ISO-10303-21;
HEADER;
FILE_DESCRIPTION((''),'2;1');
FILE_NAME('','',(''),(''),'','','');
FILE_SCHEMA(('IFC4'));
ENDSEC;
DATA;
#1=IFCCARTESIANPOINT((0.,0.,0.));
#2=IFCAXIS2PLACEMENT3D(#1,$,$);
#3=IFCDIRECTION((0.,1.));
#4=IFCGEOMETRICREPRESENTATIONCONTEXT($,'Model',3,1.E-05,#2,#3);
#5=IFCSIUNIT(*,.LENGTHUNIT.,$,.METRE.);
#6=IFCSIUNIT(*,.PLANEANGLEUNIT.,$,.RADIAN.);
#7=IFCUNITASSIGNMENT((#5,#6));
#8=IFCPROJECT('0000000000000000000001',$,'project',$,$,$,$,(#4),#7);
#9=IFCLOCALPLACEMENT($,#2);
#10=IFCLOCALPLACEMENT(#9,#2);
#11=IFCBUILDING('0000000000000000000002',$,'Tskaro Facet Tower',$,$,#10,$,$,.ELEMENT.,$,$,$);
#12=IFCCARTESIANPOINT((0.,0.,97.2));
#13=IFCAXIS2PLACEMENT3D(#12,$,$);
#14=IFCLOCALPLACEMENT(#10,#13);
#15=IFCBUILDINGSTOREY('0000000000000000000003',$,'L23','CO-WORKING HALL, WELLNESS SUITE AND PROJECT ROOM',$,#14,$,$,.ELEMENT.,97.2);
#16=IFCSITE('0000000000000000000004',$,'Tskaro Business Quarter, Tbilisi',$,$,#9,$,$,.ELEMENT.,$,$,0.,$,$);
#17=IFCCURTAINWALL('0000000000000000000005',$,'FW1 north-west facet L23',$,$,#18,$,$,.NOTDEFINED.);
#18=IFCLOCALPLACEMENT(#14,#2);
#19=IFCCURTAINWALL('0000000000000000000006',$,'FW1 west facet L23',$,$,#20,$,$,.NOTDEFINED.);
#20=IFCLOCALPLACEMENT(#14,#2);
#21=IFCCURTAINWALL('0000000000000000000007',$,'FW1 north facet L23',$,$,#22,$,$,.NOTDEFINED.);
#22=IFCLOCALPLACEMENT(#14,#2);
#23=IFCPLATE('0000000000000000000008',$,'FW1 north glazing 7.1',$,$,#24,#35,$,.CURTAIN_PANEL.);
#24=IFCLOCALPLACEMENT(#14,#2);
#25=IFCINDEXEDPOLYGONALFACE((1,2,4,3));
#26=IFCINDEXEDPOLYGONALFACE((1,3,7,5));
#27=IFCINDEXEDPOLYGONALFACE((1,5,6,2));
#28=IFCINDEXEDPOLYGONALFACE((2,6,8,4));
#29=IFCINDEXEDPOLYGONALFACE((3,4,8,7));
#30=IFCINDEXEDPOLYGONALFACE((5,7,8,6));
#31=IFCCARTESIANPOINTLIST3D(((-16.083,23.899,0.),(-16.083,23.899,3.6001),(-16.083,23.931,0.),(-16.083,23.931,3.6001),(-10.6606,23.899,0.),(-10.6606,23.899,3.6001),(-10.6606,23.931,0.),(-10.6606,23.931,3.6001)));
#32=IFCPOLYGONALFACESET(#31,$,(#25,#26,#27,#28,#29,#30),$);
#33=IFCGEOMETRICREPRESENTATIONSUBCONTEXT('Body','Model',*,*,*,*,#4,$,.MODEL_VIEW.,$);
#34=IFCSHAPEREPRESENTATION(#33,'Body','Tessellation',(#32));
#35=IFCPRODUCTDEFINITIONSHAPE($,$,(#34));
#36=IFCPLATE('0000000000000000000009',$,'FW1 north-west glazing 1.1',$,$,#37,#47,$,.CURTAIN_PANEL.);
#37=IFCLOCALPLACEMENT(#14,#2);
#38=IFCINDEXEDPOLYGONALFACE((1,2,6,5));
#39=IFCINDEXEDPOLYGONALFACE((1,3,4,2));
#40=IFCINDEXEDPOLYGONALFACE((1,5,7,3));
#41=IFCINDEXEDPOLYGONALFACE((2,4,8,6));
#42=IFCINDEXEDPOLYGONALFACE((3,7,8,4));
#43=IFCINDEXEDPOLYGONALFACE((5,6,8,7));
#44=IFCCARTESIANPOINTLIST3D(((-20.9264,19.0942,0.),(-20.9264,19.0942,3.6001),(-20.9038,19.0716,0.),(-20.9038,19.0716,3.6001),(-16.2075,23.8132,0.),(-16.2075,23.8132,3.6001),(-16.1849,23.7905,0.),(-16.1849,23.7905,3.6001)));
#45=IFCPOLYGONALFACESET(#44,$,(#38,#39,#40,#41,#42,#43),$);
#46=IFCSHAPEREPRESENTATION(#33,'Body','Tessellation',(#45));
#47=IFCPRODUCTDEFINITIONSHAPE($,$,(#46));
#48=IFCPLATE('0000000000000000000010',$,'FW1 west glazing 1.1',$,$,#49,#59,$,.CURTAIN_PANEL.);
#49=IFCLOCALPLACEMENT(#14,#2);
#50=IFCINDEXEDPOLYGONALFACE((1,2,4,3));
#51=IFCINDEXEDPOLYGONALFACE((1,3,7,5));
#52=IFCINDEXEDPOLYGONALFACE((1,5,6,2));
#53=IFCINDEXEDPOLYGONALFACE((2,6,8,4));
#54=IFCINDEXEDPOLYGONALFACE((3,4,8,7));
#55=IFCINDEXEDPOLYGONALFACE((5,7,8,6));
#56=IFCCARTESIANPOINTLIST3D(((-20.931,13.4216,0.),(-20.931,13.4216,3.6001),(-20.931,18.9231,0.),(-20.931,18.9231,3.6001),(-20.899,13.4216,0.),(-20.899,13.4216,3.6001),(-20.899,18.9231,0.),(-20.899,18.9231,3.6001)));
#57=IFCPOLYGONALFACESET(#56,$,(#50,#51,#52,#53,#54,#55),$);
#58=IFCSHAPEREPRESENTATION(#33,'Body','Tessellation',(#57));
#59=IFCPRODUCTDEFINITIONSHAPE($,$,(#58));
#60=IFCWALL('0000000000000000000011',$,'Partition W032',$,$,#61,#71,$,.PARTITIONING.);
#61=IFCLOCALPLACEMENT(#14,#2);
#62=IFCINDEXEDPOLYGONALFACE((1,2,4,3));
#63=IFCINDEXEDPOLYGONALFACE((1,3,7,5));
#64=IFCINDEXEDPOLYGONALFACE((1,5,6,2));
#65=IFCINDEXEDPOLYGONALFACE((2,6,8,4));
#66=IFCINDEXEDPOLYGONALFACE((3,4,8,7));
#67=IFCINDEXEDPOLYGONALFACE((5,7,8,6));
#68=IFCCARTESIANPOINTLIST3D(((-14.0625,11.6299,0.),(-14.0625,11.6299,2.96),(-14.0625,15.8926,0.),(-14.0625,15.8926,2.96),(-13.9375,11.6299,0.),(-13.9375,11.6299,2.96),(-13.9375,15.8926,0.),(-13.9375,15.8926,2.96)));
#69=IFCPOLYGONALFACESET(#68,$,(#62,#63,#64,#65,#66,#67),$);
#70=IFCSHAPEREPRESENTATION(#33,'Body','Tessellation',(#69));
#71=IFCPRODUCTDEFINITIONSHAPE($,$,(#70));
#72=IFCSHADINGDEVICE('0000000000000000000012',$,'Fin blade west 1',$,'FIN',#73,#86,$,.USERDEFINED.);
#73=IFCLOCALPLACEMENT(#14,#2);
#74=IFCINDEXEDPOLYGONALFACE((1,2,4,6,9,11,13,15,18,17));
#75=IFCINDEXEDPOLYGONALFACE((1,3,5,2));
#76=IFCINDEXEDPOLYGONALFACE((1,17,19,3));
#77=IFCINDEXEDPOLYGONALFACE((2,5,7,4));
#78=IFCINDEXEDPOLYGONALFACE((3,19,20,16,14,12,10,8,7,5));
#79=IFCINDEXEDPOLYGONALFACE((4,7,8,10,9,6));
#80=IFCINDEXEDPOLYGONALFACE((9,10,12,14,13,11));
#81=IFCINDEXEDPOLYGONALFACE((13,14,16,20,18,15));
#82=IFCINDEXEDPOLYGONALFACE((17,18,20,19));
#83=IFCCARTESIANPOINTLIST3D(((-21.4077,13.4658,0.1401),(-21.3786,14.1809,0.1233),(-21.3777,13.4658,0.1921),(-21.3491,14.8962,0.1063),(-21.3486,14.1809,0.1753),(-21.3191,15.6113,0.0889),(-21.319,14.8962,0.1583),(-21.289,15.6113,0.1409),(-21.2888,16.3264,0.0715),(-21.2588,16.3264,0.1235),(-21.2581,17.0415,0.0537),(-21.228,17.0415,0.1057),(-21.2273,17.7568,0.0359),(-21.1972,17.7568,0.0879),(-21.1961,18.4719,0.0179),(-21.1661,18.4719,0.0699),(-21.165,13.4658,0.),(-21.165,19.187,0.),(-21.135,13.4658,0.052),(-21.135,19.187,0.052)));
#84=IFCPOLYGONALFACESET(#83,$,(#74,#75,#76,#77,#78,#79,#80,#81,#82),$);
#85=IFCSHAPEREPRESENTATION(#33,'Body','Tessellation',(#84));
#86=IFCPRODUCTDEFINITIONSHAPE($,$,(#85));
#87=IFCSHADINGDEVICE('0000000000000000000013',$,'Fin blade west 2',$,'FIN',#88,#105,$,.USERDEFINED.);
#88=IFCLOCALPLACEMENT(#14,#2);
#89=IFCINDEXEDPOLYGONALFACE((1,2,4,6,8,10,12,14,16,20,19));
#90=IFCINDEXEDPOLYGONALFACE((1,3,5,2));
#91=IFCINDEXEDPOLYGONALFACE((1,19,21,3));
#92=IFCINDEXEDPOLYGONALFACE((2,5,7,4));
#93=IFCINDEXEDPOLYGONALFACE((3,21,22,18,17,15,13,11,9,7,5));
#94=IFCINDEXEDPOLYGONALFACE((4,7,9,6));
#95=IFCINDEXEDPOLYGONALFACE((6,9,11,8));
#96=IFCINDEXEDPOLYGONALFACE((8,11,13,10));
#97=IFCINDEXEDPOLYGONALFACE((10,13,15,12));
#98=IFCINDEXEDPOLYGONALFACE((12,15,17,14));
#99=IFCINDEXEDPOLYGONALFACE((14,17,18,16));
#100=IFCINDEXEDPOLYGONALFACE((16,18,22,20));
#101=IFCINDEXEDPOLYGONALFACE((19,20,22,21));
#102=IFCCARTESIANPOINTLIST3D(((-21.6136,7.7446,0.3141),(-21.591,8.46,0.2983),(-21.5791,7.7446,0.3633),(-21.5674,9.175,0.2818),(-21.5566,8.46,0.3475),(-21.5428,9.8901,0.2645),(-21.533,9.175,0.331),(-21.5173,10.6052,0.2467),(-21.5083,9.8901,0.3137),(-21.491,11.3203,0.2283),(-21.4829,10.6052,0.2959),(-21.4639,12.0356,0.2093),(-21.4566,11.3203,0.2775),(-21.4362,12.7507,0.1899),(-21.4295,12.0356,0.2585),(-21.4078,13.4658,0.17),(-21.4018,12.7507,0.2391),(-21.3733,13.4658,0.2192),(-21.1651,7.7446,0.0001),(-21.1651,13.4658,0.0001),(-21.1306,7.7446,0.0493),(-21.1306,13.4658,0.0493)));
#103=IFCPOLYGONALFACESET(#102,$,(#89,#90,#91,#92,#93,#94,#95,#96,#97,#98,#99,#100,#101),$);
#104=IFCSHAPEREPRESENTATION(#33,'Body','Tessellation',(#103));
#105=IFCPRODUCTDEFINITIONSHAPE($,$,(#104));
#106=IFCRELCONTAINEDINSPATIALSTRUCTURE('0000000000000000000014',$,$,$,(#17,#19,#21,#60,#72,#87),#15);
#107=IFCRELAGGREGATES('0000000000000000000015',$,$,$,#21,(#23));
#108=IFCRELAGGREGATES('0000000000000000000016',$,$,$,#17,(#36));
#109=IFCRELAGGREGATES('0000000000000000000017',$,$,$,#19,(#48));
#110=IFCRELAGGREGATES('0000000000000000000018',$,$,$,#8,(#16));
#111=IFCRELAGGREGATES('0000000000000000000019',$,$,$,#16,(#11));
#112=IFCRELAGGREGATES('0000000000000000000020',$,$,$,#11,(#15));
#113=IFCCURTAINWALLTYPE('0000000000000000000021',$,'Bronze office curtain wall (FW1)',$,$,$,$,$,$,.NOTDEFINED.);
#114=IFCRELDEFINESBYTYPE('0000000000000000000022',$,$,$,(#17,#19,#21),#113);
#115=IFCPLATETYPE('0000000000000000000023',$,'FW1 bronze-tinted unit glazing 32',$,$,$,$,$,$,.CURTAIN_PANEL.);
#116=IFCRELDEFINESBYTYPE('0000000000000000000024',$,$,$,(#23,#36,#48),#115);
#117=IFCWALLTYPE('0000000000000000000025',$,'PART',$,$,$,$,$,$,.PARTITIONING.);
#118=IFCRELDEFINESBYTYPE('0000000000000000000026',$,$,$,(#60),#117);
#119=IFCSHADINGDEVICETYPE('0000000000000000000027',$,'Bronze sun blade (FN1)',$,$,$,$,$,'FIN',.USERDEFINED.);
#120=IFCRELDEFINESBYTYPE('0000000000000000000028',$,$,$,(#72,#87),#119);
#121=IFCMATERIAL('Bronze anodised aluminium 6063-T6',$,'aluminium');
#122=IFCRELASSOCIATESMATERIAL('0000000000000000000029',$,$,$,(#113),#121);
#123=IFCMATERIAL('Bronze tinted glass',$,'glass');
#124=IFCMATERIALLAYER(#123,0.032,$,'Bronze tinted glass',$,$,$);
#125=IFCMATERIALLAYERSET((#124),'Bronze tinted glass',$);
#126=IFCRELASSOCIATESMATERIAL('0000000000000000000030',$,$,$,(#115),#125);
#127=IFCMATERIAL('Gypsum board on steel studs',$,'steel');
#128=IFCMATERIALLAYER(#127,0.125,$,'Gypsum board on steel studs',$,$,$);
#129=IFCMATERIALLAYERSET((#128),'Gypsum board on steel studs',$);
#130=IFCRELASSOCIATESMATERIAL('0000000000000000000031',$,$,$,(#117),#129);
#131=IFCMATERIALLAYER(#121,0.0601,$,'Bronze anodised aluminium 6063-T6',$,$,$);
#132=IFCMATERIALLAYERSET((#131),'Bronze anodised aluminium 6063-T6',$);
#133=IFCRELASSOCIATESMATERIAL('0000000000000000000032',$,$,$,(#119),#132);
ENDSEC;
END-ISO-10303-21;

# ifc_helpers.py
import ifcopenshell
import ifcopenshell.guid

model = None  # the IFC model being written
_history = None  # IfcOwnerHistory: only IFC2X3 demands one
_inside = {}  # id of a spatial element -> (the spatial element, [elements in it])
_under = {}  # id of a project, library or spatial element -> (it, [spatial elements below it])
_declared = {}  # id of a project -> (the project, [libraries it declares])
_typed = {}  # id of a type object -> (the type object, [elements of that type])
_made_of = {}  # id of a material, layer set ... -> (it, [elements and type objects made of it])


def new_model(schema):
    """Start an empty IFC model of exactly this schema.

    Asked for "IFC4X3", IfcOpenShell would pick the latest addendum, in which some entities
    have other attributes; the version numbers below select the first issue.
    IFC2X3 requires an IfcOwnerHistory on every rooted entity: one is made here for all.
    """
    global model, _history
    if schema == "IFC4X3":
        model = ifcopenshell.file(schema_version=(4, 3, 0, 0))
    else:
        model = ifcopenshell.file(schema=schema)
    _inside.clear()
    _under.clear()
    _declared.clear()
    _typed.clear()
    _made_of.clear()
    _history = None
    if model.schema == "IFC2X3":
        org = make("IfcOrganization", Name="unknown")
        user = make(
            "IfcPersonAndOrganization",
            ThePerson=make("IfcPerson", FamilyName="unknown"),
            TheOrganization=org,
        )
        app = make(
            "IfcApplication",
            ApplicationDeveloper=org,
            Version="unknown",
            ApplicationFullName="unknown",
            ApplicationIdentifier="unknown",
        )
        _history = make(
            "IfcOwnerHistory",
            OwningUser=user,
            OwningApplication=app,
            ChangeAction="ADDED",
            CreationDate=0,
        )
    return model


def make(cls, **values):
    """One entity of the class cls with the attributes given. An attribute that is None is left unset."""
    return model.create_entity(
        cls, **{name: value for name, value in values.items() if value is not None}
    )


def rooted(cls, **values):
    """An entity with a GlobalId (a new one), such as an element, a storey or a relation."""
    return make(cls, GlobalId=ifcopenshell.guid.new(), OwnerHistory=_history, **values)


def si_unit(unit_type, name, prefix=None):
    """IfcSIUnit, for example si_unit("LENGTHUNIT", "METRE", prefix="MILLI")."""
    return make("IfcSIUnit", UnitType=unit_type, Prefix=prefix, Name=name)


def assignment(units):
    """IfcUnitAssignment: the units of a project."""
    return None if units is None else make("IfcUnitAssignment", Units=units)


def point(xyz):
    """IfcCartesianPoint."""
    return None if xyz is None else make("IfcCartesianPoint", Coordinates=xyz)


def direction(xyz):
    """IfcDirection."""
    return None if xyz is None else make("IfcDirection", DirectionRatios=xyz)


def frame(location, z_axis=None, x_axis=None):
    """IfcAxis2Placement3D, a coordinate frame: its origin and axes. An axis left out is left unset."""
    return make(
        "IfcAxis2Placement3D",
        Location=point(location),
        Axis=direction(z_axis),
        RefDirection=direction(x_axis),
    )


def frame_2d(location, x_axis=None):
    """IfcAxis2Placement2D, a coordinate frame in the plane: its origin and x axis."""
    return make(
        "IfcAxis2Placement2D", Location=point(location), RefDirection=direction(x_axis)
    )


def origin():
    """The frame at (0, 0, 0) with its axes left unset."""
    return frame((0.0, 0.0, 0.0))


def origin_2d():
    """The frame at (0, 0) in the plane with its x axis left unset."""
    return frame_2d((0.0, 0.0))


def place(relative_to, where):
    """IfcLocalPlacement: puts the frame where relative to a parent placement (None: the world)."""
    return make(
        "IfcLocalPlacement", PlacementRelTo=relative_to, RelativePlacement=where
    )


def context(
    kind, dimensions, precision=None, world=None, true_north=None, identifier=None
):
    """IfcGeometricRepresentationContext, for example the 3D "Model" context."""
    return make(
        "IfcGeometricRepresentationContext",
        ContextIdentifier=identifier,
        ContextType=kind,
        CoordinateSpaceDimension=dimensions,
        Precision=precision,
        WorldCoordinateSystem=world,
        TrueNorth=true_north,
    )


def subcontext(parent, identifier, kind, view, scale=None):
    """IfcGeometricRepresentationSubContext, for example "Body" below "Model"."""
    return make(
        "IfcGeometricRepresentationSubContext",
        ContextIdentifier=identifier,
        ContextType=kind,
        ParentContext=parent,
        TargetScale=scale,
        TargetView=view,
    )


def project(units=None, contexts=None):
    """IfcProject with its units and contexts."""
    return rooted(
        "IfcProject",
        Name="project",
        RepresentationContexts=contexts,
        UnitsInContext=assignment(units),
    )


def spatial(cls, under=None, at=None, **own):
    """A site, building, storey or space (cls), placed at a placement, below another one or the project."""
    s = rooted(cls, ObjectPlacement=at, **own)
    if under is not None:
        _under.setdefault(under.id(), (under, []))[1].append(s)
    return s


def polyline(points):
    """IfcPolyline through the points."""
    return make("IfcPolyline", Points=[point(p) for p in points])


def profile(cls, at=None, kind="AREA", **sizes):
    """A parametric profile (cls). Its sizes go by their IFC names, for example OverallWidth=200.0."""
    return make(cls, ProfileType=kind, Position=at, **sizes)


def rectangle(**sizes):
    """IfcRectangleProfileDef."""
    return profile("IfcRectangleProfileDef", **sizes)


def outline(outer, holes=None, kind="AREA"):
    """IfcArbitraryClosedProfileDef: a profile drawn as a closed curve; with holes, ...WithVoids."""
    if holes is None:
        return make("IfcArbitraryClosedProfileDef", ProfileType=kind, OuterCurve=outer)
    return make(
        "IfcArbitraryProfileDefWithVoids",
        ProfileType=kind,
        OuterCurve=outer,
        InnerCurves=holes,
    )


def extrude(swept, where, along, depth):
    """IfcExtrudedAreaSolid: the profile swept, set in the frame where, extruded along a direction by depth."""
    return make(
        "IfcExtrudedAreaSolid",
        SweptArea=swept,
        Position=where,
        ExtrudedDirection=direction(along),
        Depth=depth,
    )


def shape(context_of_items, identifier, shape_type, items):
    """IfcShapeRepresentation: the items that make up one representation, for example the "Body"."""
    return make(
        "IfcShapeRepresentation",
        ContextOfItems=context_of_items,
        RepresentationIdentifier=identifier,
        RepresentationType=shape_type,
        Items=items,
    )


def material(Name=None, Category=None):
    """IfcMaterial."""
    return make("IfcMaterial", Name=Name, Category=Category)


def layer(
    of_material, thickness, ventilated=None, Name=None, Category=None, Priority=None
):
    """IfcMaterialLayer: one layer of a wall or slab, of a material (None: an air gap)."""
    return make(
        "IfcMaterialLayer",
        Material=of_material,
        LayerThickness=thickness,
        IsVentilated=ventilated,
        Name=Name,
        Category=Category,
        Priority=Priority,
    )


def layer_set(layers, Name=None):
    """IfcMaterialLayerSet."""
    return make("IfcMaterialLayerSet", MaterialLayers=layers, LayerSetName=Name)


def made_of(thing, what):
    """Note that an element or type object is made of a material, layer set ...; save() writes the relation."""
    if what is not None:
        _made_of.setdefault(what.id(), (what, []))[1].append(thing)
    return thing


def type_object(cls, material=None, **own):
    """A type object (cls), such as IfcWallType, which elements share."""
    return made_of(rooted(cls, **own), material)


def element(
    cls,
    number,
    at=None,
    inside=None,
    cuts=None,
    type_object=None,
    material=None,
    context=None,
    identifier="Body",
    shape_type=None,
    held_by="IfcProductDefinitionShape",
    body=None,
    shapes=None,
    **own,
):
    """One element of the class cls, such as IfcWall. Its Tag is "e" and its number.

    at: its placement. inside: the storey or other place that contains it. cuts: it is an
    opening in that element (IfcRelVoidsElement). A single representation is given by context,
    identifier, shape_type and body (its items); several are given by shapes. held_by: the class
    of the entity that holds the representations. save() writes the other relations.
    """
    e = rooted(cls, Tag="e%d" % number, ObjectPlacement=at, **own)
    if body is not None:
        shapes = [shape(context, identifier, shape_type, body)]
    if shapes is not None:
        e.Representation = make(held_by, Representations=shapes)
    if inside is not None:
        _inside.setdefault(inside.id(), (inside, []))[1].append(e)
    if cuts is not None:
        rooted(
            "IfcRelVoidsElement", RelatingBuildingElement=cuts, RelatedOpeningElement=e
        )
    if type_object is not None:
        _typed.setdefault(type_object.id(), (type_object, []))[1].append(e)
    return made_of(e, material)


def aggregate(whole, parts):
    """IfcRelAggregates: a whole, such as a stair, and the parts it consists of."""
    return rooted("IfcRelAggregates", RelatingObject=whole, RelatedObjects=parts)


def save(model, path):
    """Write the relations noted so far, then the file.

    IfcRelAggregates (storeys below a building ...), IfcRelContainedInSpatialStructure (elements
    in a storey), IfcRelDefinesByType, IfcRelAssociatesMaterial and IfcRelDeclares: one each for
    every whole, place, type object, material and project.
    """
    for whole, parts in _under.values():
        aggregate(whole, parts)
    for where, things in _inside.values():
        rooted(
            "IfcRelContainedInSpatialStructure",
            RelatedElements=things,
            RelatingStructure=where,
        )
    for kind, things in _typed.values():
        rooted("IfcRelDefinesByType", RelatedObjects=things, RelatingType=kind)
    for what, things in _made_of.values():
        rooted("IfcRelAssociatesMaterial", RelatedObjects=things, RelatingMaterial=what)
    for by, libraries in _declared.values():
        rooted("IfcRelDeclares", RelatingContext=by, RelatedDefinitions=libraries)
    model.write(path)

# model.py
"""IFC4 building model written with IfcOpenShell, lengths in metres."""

from ifc_helpers import new_model, si_unit, direction, frame, frame_2d, origin, origin_2d, place, context, subcontext, project, spatial, polyline, rectangle, outline, extrude, material, layer, layer_set, type_object, element, aggregate, save


model = new_model("IFC4")

# Units and contexts
model_context = context("Model", 3, precision=1e-05, world=origin(), true_north=direction((0.0, 1.0)))
body_context = subcontext(model_context, "Body", "Model", "MODEL_VIEW")
ifc_project = project(units=[si_unit("LENGTHUNIT", "METRE"), si_unit("PLANEANGLEUNIT", "RADIAN")], contexts=[model_context])

# Site, building, storey
site_placement = place(None, origin())
site = spatial("IfcSite", under=ifc_project, at=site_placement, Name="Tskaro Business Quarter, Tbilisi", CompositionType="ELEMENT", RefElevation=0.0)
building_placement = place(site_placement, origin())
building = spatial("IfcBuilding", under=site, at=building_placement, Name="Tskaro Facet Tower", CompositionType="ELEMENT")
storey_placement = place(building_placement, frame((0.0, 0.0, 97.2)))
storey = spatial("IfcBuildingStorey", under=building, at=storey_placement, Name="L23", Description="CO-WORKING HALL, WELLNESS SUITE AND PROJECT ROOM", CompositionType="ELEMENT", Elevation=97.2)

# Curtain wall
ifc_material_1 = material(Name="Bronze anodised aluminium 6063-T6", Category="aluminium")
curtain_wall_type = type_object("IfcCurtainWallType", Name="Bronze office curtain wall (FW1)", PredefinedType="NOTDEFINED", material=ifc_material_1)
curtain_wall_1_placement = place(storey_placement, origin())
curtain_wall_1 = element("IfcCurtainWall", 1, at=curtain_wall_1_placement, inside=storey, type_object=curtain_wall_type, Name="FW1 north-west facet L23", PredefinedType="NOTDEFINED")

# Curtain wall
curtain_wall_2_placement = place(storey_placement, origin())
curtain_wall_2 = element("IfcCurtainWall", 2, at=curtain_wall_2_placement, inside=storey, type_object=curtain_wall_type, Name="FW1 west facet L23", PredefinedType="NOTDEFINED")

# Curtain wall, plate
curtain_wall_3_placement = place(storey_placement, origin())
curtain_wall_3 = element("IfcCurtainWall", 3, at=curtain_wall_3_placement, inside=storey, type_object=curtain_wall_type, Name="FW1 north facet L23", PredefinedType="NOTDEFINED")
ifc_material_2 = material(Name="Bronze tinted glass", Category="glass")
ifc_layer_1 = layer(ifc_material_2, 0.032, Name="Bronze tinted glass")
ifc_layer_set_1 = layer_set([ifc_layer_1], Name="Bronze tinted glass")
plate_type = type_object("IfcPlateType", Name="FW1 bronze-tinted unit glazing 32", PredefinedType="CURTAIN_PANEL", material=ifc_layer_set_1)
plate_1_placement = place(storey_placement, frame((-13.3718, 23.915, 0.0), z_axis=(0.0, 0.0, 1.0), x_axis=(-1.0, 0.0, 0.0)))
plate_1 = element("IfcPlate", 4, at=plate_1_placement, type_object=plate_type, Name="FW1 north glazing 7.1", PredefinedType="CURTAIN_PANEL", context=body_context, shape_type="SweptSolid", body=[
    extrude(rectangle(XDim=5.4224, YDim=0.032, at=origin_2d()), origin(), (0.0, 0.0, 1.0), 3.6001),
])
aggregate(curtain_wall_3, [plate_1])

# Plates
plate_2_placement = place(storey_placement, frame((-18.5557, 21.4424, 0.0), z_axis=(0.0, 0.0, 1.0), x_axis=(-0.707107, -0.707107, 0.0)))
plate_2 = element("IfcPlate", 5, at=plate_2_placement, type_object=plate_type, Name="FW1 north-west glazing 1.1", PredefinedType="CURTAIN_PANEL", context=body_context, shape_type="SweptSolid", body=[
    extrude(rectangle(XDim=6.6736, YDim=0.032, at=origin_2d()), origin(), (0.0, 0.0, 1.0), 3.6001),
])
aggregate(curtain_wall_1, [plate_2])
plate_3_placement = place(storey_placement, frame((-20.915, 16.1724, 0.0), z_axis=(0.0, 0.0, 1.0), x_axis=(0.0, -1.0, 0.0)))
plate_3 = element("IfcPlate", 6, at=plate_3_placement, type_object=plate_type, Name="FW1 west glazing 1.1", PredefinedType="CURTAIN_PANEL", context=body_context, shape_type="SweptSolid", body=[
    extrude(rectangle(XDim=5.5015, YDim=0.032, at=origin_2d()), origin(), (0.0, 0.0, 1.0), 3.6001),
])
aggregate(curtain_wall_2, [plate_3])

# Wall
ifc_material_3 = material(Name="Gypsum board on steel studs", Category="steel")
ifc_layer_2 = layer(ifc_material_3, 0.125, Name="Gypsum board on steel studs")
ifc_layer_set_2 = layer_set([ifc_layer_2], Name="Gypsum board on steel studs")
wall_type = type_object("IfcWallType", Name="PART", PredefinedType="PARTITIONING", material=ifc_layer_set_2)
wall_placement = place(storey_placement, frame((-14.0, 11.6299, 0.0), z_axis=(0.0, 0.0, 1.0), x_axis=(0.0, 1.0, 0.0)))
element("IfcWall", 7, at=wall_placement, inside=storey, type_object=wall_type, Name="Partition W032", PredefinedType="PARTITIONING", context=body_context, shape_type="SweptSolid", body=[
    extrude(rectangle(XDim=4.2627, YDim=0.125, at=frame_2d((2.1313, 0.0))), origin(), (0.0, 0.0, 1.0), 2.96),
])

# Shading devices
ifc_layer_3 = layer(ifc_material_1, 0.0601, Name="Bronze anodised aluminium 6063-T6")
ifc_layer_set_3 = layer_set([ifc_layer_3], Name="Bronze anodised aluminium 6063-T6")
shading_device_type = type_object("IfcShadingDeviceType", Name="Bronze sun blade (FN1)", ElementType="FIN", PredefinedType="USERDEFINED", material=ifc_layer_set_3)
shading_device_1_placement = place(storey_placement, frame((-21.135, 19.187, 0.052), z_axis=(0.500002, 0.000004, 0.866024), x_axis=(0.000002, -1.0, 0.000003)))
element("IfcShadingDevice", 8, at=shading_device_1_placement, inside=storey, type_object=shading_device_type, Name="Fin blade west 1", ObjectType="FIN", PredefinedType="USERDEFINED", context=body_context, shape_type="SweptSolid", body=[
    extrude(outline(polyline([(0.0, 0.0), (5.7212, 0.0), (5.7212, -0.2802), (5.0061, -0.2466), (4.2908, -0.2125), (3.5757, -0.1778), (2.8606, -0.143), (2.1455, -0.1074), (1.4302, -0.0719), (0.7151, -0.0359), (0.0, 0.0)])), origin(), (0.0, 0.0, -1.0), 0.0601),
])
shading_device_2_placement = place(storey_placement, frame((-21.1306, 13.4658, 0.0493), z_axis=(0.573465, 0.0, 0.81923), x_axis=(0.0, -1.0, 0.0)))
element("IfcShadingDevice", 9, at=shading_device_2_placement, inside=storey, type_object=shading_device_type, Name="Fin blade west 2", ObjectType="FIN", PredefinedType="USERDEFINED", context=body_context, shape_type="SweptSolid", body=[
    extrude(outline(polyline([(0.0, 0.0), (5.7212, 0.0), (5.7212, -0.5475), (5.0059, -0.52), (4.2908, -0.4912), (3.5757, -0.461), (2.8606, -0.43), (2.1455, -0.3979), (1.4302, -0.3648), (0.7151, -0.331), (0.0, -0.2963), (0.0, 0.0)])), origin(), (0.0, 0.0, -1.0), 0.0601),
])

save(model, "model.ifc")
